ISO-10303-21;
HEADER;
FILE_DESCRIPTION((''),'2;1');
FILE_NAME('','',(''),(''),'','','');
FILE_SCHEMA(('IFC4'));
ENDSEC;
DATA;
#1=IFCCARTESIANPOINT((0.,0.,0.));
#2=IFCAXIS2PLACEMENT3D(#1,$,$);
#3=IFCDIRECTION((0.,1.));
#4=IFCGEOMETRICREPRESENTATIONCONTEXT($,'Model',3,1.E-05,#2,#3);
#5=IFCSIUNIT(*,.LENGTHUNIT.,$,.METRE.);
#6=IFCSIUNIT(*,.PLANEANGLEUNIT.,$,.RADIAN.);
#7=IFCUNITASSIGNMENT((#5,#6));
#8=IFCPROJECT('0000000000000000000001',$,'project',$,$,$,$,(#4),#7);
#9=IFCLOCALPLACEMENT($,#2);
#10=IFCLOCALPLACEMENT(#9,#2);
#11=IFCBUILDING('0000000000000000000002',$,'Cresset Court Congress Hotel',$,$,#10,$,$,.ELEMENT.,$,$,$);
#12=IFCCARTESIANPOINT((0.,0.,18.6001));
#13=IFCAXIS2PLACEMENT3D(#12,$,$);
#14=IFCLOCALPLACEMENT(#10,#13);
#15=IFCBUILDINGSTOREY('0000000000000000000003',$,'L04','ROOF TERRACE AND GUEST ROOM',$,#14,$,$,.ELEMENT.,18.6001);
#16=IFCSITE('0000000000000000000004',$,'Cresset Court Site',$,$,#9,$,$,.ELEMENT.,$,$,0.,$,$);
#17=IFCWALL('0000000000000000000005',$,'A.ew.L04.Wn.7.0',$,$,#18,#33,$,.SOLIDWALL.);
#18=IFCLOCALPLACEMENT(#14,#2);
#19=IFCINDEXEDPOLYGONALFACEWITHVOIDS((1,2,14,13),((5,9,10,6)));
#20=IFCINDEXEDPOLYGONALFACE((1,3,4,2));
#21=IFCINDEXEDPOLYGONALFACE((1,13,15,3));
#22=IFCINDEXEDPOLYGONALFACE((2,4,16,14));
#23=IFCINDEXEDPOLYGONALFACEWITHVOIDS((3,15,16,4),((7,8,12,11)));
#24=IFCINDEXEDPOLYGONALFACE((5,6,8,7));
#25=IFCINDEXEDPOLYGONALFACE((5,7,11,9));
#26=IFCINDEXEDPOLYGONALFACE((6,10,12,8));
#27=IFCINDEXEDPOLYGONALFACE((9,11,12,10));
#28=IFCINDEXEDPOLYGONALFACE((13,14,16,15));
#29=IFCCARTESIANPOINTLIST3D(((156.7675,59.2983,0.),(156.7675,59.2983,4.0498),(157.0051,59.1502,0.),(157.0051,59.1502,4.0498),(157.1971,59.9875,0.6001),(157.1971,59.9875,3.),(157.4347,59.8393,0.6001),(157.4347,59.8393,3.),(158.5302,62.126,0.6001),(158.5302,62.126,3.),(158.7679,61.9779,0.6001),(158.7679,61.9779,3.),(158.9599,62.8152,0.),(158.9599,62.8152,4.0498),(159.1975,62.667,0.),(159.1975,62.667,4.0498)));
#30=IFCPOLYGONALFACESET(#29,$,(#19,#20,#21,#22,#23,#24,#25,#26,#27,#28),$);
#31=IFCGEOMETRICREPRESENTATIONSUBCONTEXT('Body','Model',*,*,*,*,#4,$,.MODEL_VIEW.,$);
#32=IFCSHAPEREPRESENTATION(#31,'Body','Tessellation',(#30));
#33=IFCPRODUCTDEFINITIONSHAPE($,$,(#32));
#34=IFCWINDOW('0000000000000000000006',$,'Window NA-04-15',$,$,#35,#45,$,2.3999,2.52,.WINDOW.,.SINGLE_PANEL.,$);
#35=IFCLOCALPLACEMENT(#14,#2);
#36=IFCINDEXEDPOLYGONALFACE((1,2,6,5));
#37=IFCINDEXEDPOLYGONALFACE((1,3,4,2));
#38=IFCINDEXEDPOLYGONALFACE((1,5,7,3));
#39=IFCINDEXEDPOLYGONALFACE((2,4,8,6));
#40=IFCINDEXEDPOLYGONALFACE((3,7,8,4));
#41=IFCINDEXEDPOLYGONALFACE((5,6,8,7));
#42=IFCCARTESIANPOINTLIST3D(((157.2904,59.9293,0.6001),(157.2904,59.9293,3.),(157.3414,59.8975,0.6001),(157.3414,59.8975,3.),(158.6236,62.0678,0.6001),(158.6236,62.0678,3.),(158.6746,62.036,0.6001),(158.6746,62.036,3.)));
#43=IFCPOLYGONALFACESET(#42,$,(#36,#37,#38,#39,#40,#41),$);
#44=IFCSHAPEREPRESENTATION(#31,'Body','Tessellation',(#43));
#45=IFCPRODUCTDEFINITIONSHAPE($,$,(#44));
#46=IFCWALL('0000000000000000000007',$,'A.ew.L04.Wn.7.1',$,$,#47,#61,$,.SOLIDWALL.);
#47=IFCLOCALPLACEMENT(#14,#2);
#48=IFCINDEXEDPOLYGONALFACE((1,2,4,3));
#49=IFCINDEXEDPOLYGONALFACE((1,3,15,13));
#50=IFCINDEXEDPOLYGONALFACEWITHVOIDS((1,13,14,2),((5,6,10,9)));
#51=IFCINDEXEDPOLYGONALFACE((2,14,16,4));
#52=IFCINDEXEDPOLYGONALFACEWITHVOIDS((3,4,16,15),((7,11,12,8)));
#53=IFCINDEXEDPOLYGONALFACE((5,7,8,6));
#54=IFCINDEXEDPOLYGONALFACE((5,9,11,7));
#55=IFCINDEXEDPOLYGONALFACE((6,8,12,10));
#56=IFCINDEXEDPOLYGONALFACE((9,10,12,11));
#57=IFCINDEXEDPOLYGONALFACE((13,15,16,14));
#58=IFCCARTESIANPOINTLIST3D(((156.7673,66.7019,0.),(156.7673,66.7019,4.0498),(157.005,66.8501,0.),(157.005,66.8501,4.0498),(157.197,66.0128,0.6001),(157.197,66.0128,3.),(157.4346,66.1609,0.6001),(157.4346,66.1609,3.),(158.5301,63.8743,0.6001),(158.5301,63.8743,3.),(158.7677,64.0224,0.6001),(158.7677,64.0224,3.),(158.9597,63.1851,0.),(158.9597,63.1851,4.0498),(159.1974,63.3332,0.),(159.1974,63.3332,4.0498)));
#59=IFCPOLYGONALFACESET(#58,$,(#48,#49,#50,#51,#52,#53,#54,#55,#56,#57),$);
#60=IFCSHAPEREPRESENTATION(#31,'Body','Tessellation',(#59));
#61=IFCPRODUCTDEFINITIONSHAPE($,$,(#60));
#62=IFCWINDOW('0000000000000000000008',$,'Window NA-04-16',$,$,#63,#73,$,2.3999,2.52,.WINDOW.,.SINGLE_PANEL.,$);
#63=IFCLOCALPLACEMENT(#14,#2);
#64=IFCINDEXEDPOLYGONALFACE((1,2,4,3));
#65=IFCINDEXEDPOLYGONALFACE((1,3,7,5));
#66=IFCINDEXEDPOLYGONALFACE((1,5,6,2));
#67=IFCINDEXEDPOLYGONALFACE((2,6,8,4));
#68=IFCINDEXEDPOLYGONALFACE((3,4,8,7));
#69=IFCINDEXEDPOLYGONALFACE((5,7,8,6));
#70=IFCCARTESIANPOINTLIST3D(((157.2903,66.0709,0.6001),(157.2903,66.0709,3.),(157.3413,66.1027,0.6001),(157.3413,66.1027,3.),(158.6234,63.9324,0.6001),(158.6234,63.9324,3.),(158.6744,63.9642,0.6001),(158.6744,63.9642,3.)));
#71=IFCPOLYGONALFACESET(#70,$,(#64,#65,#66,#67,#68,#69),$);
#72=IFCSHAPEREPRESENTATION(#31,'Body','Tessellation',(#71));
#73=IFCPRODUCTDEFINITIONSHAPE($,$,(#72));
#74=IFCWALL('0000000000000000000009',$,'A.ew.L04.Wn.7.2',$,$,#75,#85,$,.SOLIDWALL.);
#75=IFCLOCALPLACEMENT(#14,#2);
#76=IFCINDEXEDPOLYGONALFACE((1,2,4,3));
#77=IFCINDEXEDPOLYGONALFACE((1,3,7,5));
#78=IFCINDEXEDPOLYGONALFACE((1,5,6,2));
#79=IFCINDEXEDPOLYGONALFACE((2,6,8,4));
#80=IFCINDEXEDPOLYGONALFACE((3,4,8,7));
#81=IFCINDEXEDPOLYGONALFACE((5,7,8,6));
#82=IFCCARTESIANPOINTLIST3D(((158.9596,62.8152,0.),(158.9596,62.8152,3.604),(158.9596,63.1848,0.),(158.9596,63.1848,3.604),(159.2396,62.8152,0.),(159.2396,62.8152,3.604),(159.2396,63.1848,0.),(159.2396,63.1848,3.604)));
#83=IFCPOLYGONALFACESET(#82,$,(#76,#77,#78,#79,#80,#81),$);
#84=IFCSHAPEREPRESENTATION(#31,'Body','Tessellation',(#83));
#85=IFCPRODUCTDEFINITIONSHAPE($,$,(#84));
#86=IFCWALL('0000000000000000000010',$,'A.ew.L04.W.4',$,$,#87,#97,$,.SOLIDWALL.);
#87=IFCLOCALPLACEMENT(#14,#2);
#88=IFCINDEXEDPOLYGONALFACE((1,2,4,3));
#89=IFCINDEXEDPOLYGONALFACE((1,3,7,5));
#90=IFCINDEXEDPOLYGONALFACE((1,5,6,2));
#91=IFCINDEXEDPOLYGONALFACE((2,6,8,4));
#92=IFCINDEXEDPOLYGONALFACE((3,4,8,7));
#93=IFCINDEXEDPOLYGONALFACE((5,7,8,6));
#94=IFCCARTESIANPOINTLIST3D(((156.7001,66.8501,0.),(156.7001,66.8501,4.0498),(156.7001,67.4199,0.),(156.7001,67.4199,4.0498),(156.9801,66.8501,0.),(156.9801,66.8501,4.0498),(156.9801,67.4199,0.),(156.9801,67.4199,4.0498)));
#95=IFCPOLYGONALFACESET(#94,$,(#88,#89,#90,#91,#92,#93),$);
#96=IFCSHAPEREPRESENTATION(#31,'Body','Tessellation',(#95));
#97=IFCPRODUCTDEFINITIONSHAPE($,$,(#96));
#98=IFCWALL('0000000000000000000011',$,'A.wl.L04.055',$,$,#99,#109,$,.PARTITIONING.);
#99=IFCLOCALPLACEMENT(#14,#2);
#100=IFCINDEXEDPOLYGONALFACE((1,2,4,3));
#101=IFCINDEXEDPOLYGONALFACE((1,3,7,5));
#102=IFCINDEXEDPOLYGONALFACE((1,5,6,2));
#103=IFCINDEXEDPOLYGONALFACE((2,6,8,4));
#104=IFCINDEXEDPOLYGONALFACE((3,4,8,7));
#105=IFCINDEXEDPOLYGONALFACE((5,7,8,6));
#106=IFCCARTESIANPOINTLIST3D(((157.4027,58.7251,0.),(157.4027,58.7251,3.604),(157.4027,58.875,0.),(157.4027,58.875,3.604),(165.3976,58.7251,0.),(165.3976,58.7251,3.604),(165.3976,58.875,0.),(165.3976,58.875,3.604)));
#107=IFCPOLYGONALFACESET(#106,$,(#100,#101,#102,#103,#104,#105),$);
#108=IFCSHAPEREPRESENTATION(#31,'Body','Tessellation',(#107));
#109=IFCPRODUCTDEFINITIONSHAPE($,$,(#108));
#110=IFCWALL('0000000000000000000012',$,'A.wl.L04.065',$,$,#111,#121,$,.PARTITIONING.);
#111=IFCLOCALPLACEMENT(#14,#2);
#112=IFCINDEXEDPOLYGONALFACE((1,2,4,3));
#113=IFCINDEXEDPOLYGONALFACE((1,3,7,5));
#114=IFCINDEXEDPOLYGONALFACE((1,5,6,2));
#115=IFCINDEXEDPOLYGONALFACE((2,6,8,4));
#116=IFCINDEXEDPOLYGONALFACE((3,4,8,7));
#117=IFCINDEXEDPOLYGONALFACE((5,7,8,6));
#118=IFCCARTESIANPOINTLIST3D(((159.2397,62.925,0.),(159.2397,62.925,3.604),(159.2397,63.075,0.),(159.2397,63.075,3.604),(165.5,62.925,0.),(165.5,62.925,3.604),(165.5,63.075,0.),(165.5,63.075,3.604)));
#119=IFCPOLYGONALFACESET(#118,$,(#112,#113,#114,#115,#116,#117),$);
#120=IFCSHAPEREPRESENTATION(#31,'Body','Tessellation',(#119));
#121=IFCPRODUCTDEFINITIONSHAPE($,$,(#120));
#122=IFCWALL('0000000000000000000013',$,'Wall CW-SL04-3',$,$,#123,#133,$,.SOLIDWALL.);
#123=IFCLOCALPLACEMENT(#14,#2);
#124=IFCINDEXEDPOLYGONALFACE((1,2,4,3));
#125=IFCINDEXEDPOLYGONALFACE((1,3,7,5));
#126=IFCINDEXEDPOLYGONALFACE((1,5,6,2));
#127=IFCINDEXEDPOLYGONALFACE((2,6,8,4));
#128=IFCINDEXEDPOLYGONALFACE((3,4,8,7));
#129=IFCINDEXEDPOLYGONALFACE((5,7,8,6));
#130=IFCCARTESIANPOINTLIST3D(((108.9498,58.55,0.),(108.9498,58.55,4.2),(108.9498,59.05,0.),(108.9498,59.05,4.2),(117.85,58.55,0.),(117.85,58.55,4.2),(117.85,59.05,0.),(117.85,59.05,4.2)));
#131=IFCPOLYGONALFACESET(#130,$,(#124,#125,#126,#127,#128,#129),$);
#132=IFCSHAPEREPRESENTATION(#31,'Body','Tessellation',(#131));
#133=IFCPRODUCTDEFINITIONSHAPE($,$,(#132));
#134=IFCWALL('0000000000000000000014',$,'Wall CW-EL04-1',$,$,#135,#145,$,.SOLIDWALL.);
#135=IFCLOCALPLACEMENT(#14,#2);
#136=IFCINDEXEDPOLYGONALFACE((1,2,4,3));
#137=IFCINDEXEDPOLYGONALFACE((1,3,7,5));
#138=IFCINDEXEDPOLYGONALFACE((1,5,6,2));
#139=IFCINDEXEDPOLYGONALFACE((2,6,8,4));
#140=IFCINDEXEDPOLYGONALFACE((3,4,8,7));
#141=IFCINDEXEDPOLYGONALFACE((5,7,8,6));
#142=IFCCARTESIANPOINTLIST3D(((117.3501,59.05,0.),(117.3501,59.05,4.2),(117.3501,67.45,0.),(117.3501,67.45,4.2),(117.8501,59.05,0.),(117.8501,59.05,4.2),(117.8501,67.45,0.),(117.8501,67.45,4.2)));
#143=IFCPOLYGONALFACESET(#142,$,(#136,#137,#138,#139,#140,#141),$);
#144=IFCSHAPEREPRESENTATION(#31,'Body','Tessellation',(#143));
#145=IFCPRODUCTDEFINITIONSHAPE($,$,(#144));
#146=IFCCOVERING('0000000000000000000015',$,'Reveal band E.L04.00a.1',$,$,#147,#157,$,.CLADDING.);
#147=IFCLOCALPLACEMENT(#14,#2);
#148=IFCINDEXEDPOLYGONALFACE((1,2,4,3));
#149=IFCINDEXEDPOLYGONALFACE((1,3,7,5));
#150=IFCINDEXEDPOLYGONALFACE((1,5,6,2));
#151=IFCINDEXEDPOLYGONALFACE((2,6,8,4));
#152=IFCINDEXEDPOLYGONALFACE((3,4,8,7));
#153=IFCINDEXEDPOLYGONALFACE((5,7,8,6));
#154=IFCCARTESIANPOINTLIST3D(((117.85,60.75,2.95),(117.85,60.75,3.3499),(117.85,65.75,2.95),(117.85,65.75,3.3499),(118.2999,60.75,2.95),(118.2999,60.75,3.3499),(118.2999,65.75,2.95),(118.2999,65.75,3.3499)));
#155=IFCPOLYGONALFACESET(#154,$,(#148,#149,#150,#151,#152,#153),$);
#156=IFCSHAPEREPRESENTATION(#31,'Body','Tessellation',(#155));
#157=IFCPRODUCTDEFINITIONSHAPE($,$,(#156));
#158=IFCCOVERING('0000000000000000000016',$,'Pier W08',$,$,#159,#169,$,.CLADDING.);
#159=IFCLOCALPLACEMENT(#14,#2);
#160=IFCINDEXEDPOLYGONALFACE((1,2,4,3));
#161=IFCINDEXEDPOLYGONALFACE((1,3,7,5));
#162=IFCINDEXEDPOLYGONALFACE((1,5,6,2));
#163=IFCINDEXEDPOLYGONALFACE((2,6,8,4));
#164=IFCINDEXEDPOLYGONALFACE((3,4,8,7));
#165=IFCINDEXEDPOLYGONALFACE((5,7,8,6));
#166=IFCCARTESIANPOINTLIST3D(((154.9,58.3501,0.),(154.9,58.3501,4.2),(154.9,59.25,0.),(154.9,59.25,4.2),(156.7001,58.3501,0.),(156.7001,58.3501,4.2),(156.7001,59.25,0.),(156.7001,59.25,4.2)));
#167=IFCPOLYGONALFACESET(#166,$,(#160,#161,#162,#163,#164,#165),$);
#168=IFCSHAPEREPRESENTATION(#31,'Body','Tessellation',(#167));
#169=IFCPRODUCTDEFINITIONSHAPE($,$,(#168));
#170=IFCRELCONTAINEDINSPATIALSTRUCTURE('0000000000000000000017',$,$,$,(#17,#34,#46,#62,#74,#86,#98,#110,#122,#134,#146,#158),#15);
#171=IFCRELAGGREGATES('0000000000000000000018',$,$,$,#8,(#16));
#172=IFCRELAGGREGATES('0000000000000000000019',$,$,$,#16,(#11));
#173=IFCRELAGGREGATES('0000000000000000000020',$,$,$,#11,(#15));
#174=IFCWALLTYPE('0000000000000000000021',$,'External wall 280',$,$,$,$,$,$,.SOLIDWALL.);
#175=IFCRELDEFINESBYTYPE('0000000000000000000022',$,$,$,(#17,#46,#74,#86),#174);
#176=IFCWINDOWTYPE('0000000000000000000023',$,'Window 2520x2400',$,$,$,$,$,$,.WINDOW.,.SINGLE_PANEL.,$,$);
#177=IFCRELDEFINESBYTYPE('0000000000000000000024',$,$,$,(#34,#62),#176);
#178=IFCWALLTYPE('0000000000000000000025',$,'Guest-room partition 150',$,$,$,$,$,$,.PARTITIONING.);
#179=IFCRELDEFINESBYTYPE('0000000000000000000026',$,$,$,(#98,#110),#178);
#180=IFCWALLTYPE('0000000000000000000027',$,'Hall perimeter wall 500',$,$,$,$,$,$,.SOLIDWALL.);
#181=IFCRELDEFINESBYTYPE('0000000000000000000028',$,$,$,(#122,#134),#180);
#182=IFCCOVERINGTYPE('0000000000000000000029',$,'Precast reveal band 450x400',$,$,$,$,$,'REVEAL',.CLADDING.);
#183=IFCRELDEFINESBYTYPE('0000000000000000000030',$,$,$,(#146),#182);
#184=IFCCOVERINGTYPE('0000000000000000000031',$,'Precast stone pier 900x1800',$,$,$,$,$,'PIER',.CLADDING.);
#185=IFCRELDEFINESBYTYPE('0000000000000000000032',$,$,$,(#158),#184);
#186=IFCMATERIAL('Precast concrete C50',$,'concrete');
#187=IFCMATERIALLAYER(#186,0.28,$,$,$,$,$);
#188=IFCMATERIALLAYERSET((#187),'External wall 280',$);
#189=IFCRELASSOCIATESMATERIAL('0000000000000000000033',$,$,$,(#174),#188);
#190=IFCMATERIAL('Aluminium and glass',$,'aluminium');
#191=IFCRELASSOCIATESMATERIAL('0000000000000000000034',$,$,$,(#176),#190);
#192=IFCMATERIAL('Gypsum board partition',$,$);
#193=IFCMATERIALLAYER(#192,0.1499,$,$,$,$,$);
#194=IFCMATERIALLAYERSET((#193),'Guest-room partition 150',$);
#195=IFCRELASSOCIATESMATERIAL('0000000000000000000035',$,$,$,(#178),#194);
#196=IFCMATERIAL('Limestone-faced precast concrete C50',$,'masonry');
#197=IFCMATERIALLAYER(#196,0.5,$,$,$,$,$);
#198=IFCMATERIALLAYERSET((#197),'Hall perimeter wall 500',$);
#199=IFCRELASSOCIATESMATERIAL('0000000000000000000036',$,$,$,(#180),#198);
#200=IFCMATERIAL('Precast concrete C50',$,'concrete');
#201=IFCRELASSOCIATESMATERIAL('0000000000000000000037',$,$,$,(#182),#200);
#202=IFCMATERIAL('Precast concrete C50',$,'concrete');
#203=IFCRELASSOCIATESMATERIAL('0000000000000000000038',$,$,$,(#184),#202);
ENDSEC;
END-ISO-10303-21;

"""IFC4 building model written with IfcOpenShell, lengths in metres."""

from ifc_helpers import new_model, si_unit, direction, frame, frame_2d, origin, origin_2d, place, context, subcontext, project, spatial, rectangle, extrude, material, layer, layer_set, type_object, element, fill, save


model = new_model("IFC4")

# Units and contexts
model_context = context("Model", 3, precision=1e-05, world=origin(), true_north=direction((0.0, 1.0)))
body_context = subcontext(model_context, "Body", "Model", "MODEL_VIEW")
ifc_project = project(units=[si_unit("LENGTHUNIT", "METRE"), si_unit("PLANEANGLEUNIT", "RADIAN")], contexts=[model_context])

# Site, building, storey
site_placement = place(None, origin())
site = spatial("IfcSite", under=ifc_project, at=site_placement, Name="Cresset Court Site", CompositionType="ELEMENT", RefElevation=0.0)
building_placement = place(site_placement, origin())
building = spatial("IfcBuilding", under=site, at=building_placement, Name="Cresset Court Congress Hotel", CompositionType="ELEMENT")
storey_placement = place(building_placement, frame((0.0, 0.0, 18.6001)))
storey = spatial("IfcBuildingStorey", under=building, at=storey_placement, Name="L04", Description="ROOF TERRACE AND GUEST ROOM", CompositionType="ELEMENT", Elevation=18.6001)

# Walls, openings, windows
ifc_material_1 = material(Name="Precast concrete C50", Category="concrete")
ifc_layer_1 = layer(ifc_material_1, 0.28)
ifc_layer_set_1 = layer_set([ifc_layer_1], Name="External wall 280")
wall_type_1 = type_object("IfcWallType", Name="External wall 280", PredefinedType="SOLIDWALL", material=ifc_layer_set_1)
wall_1_placement = place(storey_placement, frame((156.8862, 59.2241, 0.0), z_axis=(0.0, 0.0, 1.0), x_axis=(0.529019, 0.84861, 0.0)))
wall_1 = element("IfcWall", 1, at=wall_1_placement, inside=storey, type_object=wall_type_1, Name="A.ew.L04.Wn.7.0", PredefinedType="SOLIDWALL", context=body_context, shape_type="SweptSolid", body=[
    extrude(rectangle(XDim=4.1443, YDim=0.28, at=frame_2d((2.0723, 0.0))), origin(), (0.0, 0.0, 1.0), 4.0498),
])
opening_1_placement = place(wall_1_placement, frame((0.8123, 0.0, 0.6001)))
opening_1 = element("IfcOpeningElement", 2, at=opening_1_placement, cuts=wall_1, PredefinedType="OPENING", context=body_context, shape_type="SweptSolid", body=[
    extrude(rectangle(XDim=2.52, YDim=2.3999, at=frame_2d((1.26, 1.2))), frame((0.0, 0.1499, 0.0), z_axis=(0.0, -1.0, 0.0), x_axis=(1.0, 0.0, 0.0)), (0.0, 0.0, 1.0), 0.3),
])
ifc_material_2 = material(Name="Aluminium and glass", Category="aluminium")
window_type = type_object("IfcWindowType", Name="Window 2520x2400", PartitioningType="SINGLE_PANEL", PredefinedType="WINDOW", material=ifc_material_2)
window_1_placement = place(opening_1_placement, origin())
window_1 = element("IfcWindow", 3, at=window_1_placement, inside=storey, type_object=window_type, Name="Window NA-04-15", OverallHeight=2.3999, OverallWidth=2.52, PartitioningType="SINGLE_PANEL", PredefinedType="WINDOW", context=body_context, shape_type="SweptSolid", body=[
    extrude(rectangle(XDim=2.52, YDim=2.3999, at=frame_2d((1.26, 1.2))), frame((0.0, 0.03, 0.0), z_axis=(0.0, -1.0, 0.0), x_axis=(1.0, 0.0, 0.0)), (0.0, 0.0, 1.0), 0.0601),
])
fill(opening_1, window_1)
wall_2_placement = place(storey_placement, frame((159.0786, 63.259, 0.0), z_axis=(0.0, 0.0, 1.0), x_axis=(-0.529019, 0.84861, 0.0)))
wall_2 = element("IfcWall", 4, at=wall_2_placement, inside=storey, type_object=wall_type_1, Name="A.ew.L04.Wn.7.1", PredefinedType="SOLIDWALL", context=body_context, shape_type="SweptSolid", body=[
    extrude(rectangle(XDim=4.1443, YDim=0.28, at=frame_2d((2.0723, 0.0))), origin(), (0.0, 0.0, 1.0), 4.0498),
])
opening_2_placement = place(wall_2_placement, frame((0.8123, 0.0, 0.6001)))
opening_2 = element("IfcOpeningElement", 5, at=opening_2_placement, cuts=wall_2, PredefinedType="OPENING", context=body_context, shape_type="SweptSolid", body=[
    extrude(rectangle(XDim=2.52, YDim=2.3999, at=frame_2d((1.26, 1.2))), frame((0.0, 0.1499, 0.0), z_axis=(0.0, -1.0, 0.0), x_axis=(1.0, 0.0, 0.0)), (0.0, 0.0, 1.0), 0.3),
])
window_2_placement = place(opening_2_placement, origin())
window_2 = element("IfcWindow", 6, at=window_2_placement, inside=storey, type_object=window_type, Name="Window NA-04-16", OverallHeight=2.3999, OverallWidth=2.52, PartitioningType="SINGLE_PANEL", PredefinedType="WINDOW", context=body_context, shape_type="SweptSolid", body=[
    extrude(rectangle(XDim=2.52, YDim=2.3999, at=frame_2d((1.26, 1.2))), frame((0.0, 0.03, 0.0), z_axis=(0.0, -1.0, 0.0), x_axis=(1.0, 0.0, 0.0)), (0.0, 0.0, 1.0), 0.0601),
])
fill(opening_2, window_2)

# Walls
wall_3_placement = place(storey_placement, frame((159.0996, 62.8152, 0.0), z_axis=(0.0, 0.0, 1.0), x_axis=(0.0, 1.0, 0.0)))
element("IfcWall", 7, at=wall_3_placement, inside=storey, type_object=wall_type_1, Name="A.ew.L04.Wn.7.2", PredefinedType="SOLIDWALL", context=body_context, shape_type="SweptSolid", body=[
    extrude(rectangle(XDim=0.3696, YDim=0.28, at=frame_2d((0.1848, 0.0))), origin(), (0.0, 0.0, 1.0), 3.604),
])
wall_4_placement = place(storey_placement, frame((156.8401, 66.8501, 0.0), z_axis=(0.0, 0.0, 1.0), x_axis=(0.0, 1.0, 0.0)))
element("IfcWall", 8, at=wall_4_placement, inside=storey, type_object=wall_type_1, Name="A.ew.L04.W.4", PredefinedType="SOLIDWALL", context=body_context, shape_type="SweptSolid", body=[
    extrude(rectangle(XDim=0.5698, YDim=0.28, at=frame_2d((0.2849, 0.0))), origin(), (0.0, 0.0, 1.0), 4.0498),
])
ifc_material_3 = material(Name="Gypsum board partition")
ifc_layer_2 = layer(ifc_material_3, 0.1499)
ifc_layer_set_2 = layer_set([ifc_layer_2], Name="Guest-room partition 150")
wall_type_2 = type_object("IfcWallType", Name="Guest-room partition 150", PredefinedType="PARTITIONING", material=ifc_layer_set_2)
wall_5_placement = place(storey_placement, frame((157.4026, 58.8, 0.0), z_axis=(0.0, 0.0, 1.0), x_axis=(1.0, 0.0, 0.0)))
element("IfcWall", 9, at=wall_5_placement, inside=storey, type_object=wall_type_2, Name="A.wl.L04.055", PredefinedType="PARTITIONING", context=body_context, shape_type="SweptSolid", body=[
    extrude(rectangle(XDim=7.9949, YDim=0.1499, at=frame_2d((3.9976, 0.0))), origin(), (0.0, 0.0, 1.0), 3.604),
])
wall_6_placement = place(storey_placement, frame((159.2397, 63.0, 0.0), z_axis=(0.0, 0.0, 1.0), x_axis=(1.0, 0.0, 0.0)))
element("IfcWall", 10, at=wall_6_placement, inside=storey, type_object=wall_type_2, Name="A.wl.L04.065", PredefinedType="PARTITIONING", context=body_context, shape_type="SweptSolid", body=[
    extrude(rectangle(XDim=6.2603, YDim=0.1499, at=frame_2d((3.1301, 0.0))), origin(), (0.0, 0.0, 1.0), 3.604),
])
ifc_material_4 = material(Name="Limestone-faced precast concrete C50", Category="masonry")
ifc_layer_3 = layer(ifc_material_4, 0.5)
ifc_layer_set_3 = layer_set([ifc_layer_3], Name="Hall perimeter wall 500")
wall_type_3 = type_object("IfcWallType", Name="Hall perimeter wall 500", PredefinedType="SOLIDWALL", material=ifc_layer_set_3)
wall_7_placement = place(storey_placement, frame((117.8501, 58.8, 0.0), z_axis=(0.0, 0.0, 1.0), x_axis=(-1.0, 0.0, 0.0)))
element("IfcWall", 11, at=wall_7_placement, inside=storey, type_object=wall_type_3, Name="Wall CW-SL04-3", PredefinedType="SOLIDWALL", context=body_context, shape_type="SweptSolid", body=[
    extrude(rectangle(XDim=8.9001, YDim=0.5, at=frame_2d((4.4502, 0.0))), origin(), (0.0, 0.0, 1.0), 4.2),
])
wall_8_placement = place(storey_placement, frame((117.6001, 67.45, 0.0), z_axis=(0.0, 0.0, 1.0), x_axis=(0.0, -1.0, 0.0)))
element("IfcWall", 12, at=wall_8_placement, inside=storey, type_object=wall_type_3, Name="Wall CW-EL04-1", PredefinedType="SOLIDWALL", context=body_context, shape_type="SweptSolid", body=[
    extrude(rectangle(XDim=8.3999, YDim=0.5, at=frame_2d((4.2, 0.0))), origin(), (0.0, 0.0, 1.0), 4.2),
])

# Coverings
ifc_material_5 = material(Name="Precast concrete C50", Category="concrete")
covering_type_1 = type_object("IfcCoveringType", Name="Precast reveal band 450x400", ElementType="REVEAL", PredefinedType="CLADDING", material=ifc_material_5)
covering_1_placement = place(storey_placement, frame((118.075, 63.25, 2.95), z_axis=(0.0, 0.0, 1.0), x_axis=(0.0, -1.0, 0.0)))
element("IfcCovering", 13, at=covering_1_placement, inside=storey, type_object=covering_type_1, Name="Reveal band E.L04.00a.1", PredefinedType="CLADDING", context=body_context, shape_type="SweptSolid", body=[
    extrude(rectangle(XDim=5.0, YDim=0.45, at=origin_2d()), origin(), (0.0, 0.0, 1.0), 0.3999),
])
ifc_material_6 = material(Name="Precast concrete C50", Category="concrete")
covering_type_2 = type_object("IfcCoveringType", Name="Precast stone pier 900x1800", ElementType="PIER", PredefinedType="CLADDING", material=ifc_material_6)
covering_2_placement = place(storey_placement, frame((155.8, 58.8, 0.0), z_axis=(0.0, 0.0, 1.0), x_axis=(1.0, 0.0, 0.0)))
element("IfcCovering", 14, at=covering_2_placement, inside=storey, type_object=covering_type_2, Name="Pier W08", PredefinedType="CLADDING", context=body_context, shape_type="SweptSolid", body=[
    extrude(rectangle(XDim=1.8, YDim=0.8999, at=origin_2d()), origin(), (0.0, 0.0, 1.0), 4.2),
])

save(model, "model.ifc")
